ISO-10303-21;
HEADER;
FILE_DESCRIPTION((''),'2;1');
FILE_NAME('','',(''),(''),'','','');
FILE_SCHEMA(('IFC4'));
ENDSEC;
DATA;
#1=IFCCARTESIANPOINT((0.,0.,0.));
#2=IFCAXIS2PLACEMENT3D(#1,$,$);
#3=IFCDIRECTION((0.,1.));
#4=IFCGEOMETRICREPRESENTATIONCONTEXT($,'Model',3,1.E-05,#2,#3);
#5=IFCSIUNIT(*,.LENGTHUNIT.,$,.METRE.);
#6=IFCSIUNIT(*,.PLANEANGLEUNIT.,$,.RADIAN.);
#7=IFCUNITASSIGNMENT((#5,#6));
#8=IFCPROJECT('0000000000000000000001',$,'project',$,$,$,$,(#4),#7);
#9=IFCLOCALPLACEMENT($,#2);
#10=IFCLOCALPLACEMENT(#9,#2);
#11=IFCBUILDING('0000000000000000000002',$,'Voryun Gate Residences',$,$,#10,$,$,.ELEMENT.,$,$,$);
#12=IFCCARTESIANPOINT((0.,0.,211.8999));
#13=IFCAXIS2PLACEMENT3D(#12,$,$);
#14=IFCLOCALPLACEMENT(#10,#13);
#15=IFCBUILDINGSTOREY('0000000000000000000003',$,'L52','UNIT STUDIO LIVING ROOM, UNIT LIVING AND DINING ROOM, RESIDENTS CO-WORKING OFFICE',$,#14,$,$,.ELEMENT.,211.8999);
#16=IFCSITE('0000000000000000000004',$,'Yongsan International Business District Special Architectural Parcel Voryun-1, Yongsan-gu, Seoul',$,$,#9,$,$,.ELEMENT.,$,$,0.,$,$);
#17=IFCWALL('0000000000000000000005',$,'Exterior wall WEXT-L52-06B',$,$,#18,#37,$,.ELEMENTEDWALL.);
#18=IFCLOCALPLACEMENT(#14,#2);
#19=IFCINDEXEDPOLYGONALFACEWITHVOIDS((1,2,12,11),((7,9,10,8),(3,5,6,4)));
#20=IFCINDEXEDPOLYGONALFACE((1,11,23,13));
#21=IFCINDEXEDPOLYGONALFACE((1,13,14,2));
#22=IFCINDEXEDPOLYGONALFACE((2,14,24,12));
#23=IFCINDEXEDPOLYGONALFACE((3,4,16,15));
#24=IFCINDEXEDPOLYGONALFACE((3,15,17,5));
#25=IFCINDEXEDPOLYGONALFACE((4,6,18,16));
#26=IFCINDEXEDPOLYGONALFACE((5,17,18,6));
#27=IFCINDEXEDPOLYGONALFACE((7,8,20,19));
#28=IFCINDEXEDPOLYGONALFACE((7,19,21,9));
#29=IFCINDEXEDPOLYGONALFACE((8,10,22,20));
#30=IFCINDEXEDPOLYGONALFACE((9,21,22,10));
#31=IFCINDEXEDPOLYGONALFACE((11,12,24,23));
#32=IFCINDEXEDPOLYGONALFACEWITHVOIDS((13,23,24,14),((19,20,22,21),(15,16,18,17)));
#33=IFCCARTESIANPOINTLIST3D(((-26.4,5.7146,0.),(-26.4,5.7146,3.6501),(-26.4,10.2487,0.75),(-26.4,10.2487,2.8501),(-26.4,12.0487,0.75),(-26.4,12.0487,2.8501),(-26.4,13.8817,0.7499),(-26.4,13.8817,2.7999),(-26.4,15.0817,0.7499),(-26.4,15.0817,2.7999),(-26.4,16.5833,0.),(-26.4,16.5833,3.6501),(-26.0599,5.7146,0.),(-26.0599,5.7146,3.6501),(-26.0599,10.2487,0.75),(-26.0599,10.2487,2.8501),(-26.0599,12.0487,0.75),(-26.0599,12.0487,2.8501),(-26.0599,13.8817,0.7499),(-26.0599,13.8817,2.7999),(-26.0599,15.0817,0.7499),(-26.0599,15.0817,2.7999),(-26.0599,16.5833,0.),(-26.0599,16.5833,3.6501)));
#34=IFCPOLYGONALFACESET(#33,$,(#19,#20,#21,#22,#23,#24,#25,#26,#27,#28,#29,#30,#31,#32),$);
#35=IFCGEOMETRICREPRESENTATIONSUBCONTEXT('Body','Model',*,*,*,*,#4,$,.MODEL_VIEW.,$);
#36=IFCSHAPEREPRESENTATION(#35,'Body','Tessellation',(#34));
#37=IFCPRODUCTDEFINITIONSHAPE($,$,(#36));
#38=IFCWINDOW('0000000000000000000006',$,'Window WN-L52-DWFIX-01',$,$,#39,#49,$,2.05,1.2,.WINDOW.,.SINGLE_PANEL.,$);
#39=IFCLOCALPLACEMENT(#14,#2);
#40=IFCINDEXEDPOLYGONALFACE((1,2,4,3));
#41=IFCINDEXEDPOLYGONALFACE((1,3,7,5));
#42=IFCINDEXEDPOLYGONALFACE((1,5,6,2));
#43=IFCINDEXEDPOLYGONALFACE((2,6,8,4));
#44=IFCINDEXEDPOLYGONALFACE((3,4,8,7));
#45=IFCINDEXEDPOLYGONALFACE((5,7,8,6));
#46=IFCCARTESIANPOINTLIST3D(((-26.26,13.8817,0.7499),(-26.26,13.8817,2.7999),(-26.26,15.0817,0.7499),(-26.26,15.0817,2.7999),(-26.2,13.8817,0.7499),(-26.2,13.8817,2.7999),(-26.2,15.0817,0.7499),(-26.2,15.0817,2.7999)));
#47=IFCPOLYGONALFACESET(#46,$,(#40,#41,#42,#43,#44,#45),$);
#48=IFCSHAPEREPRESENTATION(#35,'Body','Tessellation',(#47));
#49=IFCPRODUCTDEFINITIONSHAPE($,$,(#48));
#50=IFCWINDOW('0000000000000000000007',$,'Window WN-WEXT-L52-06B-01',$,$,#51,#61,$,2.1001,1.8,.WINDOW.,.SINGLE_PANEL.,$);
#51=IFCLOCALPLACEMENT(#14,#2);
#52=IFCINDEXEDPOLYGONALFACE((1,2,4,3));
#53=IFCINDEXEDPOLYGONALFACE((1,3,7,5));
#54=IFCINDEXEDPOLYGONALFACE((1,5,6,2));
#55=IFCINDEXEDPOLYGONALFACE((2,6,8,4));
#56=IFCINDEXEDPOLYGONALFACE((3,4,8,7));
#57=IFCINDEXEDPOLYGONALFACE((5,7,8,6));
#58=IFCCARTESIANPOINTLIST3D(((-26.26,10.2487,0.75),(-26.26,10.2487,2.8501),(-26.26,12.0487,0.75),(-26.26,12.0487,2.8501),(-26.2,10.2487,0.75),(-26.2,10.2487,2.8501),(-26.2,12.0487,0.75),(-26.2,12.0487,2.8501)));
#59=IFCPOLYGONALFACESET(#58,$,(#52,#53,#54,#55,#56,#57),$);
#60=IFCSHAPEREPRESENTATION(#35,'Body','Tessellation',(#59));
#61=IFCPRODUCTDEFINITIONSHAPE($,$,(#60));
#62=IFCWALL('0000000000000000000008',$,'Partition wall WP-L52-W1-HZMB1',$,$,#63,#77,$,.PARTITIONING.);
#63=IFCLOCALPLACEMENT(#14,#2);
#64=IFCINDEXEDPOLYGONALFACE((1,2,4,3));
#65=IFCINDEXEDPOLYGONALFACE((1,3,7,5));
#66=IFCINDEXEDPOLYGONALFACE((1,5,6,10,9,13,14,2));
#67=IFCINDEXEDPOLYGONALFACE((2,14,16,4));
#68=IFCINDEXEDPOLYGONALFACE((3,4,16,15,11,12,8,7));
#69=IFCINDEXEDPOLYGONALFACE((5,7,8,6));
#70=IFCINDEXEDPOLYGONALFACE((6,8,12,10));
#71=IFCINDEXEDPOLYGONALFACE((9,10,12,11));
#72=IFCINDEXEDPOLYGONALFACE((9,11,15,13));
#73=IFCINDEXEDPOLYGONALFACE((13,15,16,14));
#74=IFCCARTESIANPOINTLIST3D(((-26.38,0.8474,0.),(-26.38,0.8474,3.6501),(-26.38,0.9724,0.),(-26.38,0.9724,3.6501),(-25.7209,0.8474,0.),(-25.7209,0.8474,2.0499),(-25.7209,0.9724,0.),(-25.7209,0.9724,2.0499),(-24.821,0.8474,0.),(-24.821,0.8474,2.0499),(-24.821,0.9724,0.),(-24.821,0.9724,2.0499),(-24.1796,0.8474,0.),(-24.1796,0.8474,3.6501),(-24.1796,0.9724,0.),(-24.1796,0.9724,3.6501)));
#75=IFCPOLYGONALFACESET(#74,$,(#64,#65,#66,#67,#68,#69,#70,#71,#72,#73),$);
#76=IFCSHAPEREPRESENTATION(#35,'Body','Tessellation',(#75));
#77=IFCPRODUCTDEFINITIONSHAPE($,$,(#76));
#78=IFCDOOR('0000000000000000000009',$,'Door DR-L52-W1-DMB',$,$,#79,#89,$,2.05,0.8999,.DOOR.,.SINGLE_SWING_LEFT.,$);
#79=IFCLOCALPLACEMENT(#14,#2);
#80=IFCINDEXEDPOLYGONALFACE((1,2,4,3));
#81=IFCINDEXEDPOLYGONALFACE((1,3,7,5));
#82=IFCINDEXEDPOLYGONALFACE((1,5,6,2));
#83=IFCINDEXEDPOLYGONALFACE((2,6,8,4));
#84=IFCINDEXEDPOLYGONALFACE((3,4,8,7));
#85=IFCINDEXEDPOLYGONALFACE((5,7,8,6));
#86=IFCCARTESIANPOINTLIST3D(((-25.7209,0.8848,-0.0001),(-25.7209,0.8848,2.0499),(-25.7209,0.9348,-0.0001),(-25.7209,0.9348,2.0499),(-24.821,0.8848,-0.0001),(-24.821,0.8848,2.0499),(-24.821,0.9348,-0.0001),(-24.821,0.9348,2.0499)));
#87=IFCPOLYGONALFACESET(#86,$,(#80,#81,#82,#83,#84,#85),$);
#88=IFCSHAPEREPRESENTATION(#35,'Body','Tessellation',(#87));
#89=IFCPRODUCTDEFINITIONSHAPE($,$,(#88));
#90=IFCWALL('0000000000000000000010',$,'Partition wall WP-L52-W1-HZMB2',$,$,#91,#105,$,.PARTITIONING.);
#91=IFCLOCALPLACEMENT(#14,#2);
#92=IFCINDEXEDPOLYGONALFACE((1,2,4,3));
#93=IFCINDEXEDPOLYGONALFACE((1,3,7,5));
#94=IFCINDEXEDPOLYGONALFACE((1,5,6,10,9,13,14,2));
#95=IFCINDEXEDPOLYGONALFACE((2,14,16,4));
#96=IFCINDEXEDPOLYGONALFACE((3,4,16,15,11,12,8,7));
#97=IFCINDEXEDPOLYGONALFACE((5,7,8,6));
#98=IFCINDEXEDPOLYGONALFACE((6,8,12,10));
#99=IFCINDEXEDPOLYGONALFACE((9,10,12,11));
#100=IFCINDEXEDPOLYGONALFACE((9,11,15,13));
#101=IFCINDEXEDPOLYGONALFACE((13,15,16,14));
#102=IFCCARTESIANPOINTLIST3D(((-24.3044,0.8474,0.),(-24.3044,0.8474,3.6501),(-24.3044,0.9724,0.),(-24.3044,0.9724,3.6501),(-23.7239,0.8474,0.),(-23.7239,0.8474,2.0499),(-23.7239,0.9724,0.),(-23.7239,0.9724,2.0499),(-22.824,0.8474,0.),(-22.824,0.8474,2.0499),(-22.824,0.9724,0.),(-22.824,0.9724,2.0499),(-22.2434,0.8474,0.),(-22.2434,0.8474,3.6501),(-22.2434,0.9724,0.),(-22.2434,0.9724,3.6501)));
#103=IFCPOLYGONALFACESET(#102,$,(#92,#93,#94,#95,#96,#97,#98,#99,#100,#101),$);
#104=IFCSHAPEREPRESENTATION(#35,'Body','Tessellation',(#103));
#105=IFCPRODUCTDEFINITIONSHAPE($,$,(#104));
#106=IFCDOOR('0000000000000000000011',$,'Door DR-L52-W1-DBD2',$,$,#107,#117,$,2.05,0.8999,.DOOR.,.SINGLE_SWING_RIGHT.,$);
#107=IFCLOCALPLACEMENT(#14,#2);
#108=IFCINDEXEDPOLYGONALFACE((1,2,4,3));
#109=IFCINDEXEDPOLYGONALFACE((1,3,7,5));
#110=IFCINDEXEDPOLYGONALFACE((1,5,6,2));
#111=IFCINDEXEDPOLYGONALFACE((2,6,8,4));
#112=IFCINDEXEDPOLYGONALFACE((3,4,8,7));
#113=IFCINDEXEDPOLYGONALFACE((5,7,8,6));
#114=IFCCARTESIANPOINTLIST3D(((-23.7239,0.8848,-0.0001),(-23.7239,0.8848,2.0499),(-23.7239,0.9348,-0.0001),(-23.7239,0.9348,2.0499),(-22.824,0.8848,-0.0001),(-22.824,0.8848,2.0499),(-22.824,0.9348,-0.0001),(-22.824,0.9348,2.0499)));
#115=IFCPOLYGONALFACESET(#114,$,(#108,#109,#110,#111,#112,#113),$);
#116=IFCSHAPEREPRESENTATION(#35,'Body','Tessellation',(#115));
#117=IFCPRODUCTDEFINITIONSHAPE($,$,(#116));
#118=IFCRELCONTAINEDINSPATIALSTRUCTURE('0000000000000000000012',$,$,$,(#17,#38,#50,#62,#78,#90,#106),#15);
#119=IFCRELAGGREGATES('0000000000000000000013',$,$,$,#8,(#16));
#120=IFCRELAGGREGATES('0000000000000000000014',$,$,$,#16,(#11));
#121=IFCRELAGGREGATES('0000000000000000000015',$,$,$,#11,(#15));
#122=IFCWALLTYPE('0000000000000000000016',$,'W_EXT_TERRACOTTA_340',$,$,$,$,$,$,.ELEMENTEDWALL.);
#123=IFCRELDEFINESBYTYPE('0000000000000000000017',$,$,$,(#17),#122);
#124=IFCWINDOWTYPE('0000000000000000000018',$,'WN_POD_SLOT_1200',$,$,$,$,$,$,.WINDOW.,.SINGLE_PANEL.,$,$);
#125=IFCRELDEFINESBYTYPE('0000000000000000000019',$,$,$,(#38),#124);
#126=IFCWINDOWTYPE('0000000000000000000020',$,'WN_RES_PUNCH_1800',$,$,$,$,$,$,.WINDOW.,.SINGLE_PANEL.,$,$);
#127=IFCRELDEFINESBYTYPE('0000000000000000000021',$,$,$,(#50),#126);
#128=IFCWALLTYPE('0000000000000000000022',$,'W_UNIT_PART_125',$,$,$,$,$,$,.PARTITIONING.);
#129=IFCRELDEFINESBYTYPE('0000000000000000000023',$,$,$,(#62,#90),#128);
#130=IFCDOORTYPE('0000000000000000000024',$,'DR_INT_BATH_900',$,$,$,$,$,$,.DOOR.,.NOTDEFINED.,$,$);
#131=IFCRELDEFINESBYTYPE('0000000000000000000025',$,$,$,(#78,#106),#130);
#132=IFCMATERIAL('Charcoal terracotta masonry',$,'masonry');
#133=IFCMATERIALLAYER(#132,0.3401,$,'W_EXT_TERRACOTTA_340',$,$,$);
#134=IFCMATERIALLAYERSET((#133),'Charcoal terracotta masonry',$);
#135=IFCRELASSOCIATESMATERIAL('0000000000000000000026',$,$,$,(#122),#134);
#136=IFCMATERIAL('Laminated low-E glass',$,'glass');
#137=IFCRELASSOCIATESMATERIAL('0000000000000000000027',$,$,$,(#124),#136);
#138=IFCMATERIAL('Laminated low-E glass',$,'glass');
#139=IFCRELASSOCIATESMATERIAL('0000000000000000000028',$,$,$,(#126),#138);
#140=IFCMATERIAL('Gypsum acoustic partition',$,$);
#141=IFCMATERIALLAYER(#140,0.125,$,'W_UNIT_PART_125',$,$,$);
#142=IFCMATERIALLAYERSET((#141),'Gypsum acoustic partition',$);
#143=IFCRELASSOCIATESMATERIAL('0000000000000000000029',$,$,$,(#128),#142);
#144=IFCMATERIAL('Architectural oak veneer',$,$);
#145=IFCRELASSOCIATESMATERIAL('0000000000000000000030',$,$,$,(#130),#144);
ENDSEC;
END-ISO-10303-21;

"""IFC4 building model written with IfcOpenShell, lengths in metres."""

from ifc_helpers import new_model, si_unit, direction, frame, frame_2d, origin, place, context, subcontext, project, spatial, rectangle, extrude, material, layer, layer_set, type_object, element, fill, save


model = new_model("IFC4")

# Units and contexts
model_context = context("Model", 3, precision=1e-05, world=origin(), true_north=direction((0.0, 1.0)))
body_context = subcontext(model_context, "Body", "Model", "MODEL_VIEW")
ifc_project = project(units=[si_unit("LENGTHUNIT", "METRE"), si_unit("PLANEANGLEUNIT", "RADIAN")], contexts=[model_context])

# Site, building, storey
site_placement = place(None, origin())
site = spatial("IfcSite", under=ifc_project, at=site_placement, Name="Yongsan International Business District Special Architectural Parcel Voryun-1, Yongsan-gu, Seoul", CompositionType="ELEMENT", RefElevation=0.0)
building_placement = place(site_placement, origin())
building = spatial("IfcBuilding", under=site, at=building_placement, Name="Voryun Gate Residences", CompositionType="ELEMENT")
storey_placement = place(building_placement, frame((0.0, 0.0, 211.8999)))
storey = spatial("IfcBuildingStorey", under=building, at=storey_placement, Name="L52", Description="UNIT STUDIO LIVING ROOM, UNIT LIVING AND DINING ROOM, RESIDENTS CO-WORKING OFFICE", CompositionType="ELEMENT", Elevation=211.8999)

# Wall, openings, windows
ifc_material_1 = material(Name="Charcoal terracotta masonry", Category="masonry")
ifc_layer_1 = layer(ifc_material_1, 0.3401, Name="W_EXT_TERRACOTTA_340")
ifc_layer_set_1 = layer_set([ifc_layer_1], Name="Charcoal terracotta masonry")
wall_type_1 = type_object("IfcWallType", Name="W_EXT_TERRACOTTA_340", PredefinedType="ELEMENTEDWALL", material=ifc_layer_set_1)
wall_1_placement = place(storey_placement, frame((-26.23, 5.7146, 0.0), z_axis=(0.0, 0.0, 1.0), x_axis=(0.0, 1.0, 0.0)))
wall_1 = element("IfcWall", 1, at=wall_1_placement, inside=storey, type_object=wall_type_1, Name="Exterior wall WEXT-L52-06B", PredefinedType="ELEMENTEDWALL", context=body_context, shape_type="SweptSolid", body=[
    extrude(rectangle(XDim=10.8687, YDim=0.3401, at=frame_2d((5.4343, 0.0))), origin(), (0.0, 0.0, 1.0), 3.6501),
])
opening_1_placement = place(wall_1_placement, frame((4.5342, 0.0, 0.75)))
opening_1 = element("IfcOpeningElement", 2, at=opening_1_placement, cuts=wall_1, PredefinedType="OPENING", context=body_context, shape_type="SweptSolid", body=[
    extrude(rectangle(XDim=1.8, YDim=2.1001, at=frame_2d((0.8999, 1.05))), frame((0.0, 0.1799, 0.0), z_axis=(0.0, -1.0, 0.0), x_axis=(1.0, 0.0, 0.0)), (0.0, 0.0, 1.0), 0.3601),
])
opening_2_placement = place(wall_1_placement, frame((8.167, 0.0, 0.75)))
opening_2 = element("IfcOpeningElement", 3, at=opening_2_placement, cuts=wall_1, PredefinedType="OPENING", context=body_context, shape_type="SweptSolid", body=[
    extrude(rectangle(XDim=1.2, YDim=2.05, at=frame_2d((0.6001, 1.0249))), frame((0.0, 0.1799, 0.0), z_axis=(0.0, -1.0, 0.0), x_axis=(1.0, 0.0, 0.0)), (0.0, 0.0, 1.0), 0.3601),
])
ifc_material_2 = material(Name="Laminated low-E glass", Category="glass")
window_type_1 = type_object("IfcWindowType", Name="WN_POD_SLOT_1200", PartitioningType="SINGLE_PANEL", PredefinedType="WINDOW", material=ifc_material_2)
window_1_placement = place(opening_2_placement, origin())
window_1 = element("IfcWindow", 4, at=window_1_placement, inside=storey, type_object=window_type_1, Name="Window WN-L52-DWFIX-01", OverallHeight=2.05, OverallWidth=1.2, PartitioningType="SINGLE_PANEL", PredefinedType="WINDOW", context=body_context, shape_type="SweptSolid", body=[
    extrude(rectangle(XDim=1.2, YDim=2.05, at=frame_2d((0.6001, 1.0249))), frame((0.0, 0.03, 0.0), z_axis=(0.0, -1.0, 0.0), x_axis=(1.0, 0.0, 0.0)), (0.0, 0.0, 1.0), 0.0601),
])
fill(opening_2, window_1)
ifc_material_3 = material(Name="Laminated low-E glass", Category="glass")
window_type_2 = type_object("IfcWindowType", Name="WN_RES_PUNCH_1800", PartitioningType="SINGLE_PANEL", PredefinedType="WINDOW", material=ifc_material_3)
window_2_placement = place(opening_1_placement, origin())
window_2 = element("IfcWindow", 5, at=window_2_placement, inside=storey, type_object=window_type_2, Name="Window WN-WEXT-L52-06B-01", OverallHeight=2.1001, OverallWidth=1.8, PartitioningType="SINGLE_PANEL", PredefinedType="WINDOW", context=body_context, shape_type="SweptSolid", body=[
    extrude(rectangle(XDim=1.8, YDim=2.1001, at=frame_2d((0.8999, 1.05))), frame((0.0, 0.03, 0.0), z_axis=(0.0, -1.0, 0.0), x_axis=(1.0, 0.0, 0.0)), (0.0, 0.0, 1.0), 0.0601),
])
fill(opening_1, window_2)

# Walls, openings, doors
ifc_material_4 = material(Name="Gypsum acoustic partition")
ifc_layer_2 = layer(ifc_material_4, 0.125, Name="W_UNIT_PART_125")
ifc_layer_set_2 = layer_set([ifc_layer_2], Name="Gypsum acoustic partition")
wall_type_2 = type_object("IfcWallType", Name="W_UNIT_PART_125", PredefinedType="PARTITIONING", material=ifc_layer_set_2)
wall_2_placement = place(storey_placement, frame((-26.3799, 0.9099, 0.0), z_axis=(0.0, 0.0, 1.0), x_axis=(1.0, 0.0, 0.0)))
wall_2 = element("IfcWall", 6, at=wall_2_placement, inside=storey, type_object=wall_type_2, Name="Partition wall WP-L52-W1-HZMB1", PredefinedType="PARTITIONING", context=body_context, shape_type="SweptSolid", body=[
    extrude(rectangle(XDim=2.2004, YDim=0.125, at=frame_2d((1.1001, 0.0))), origin(), (0.0, 0.0, 1.0), 3.6501),
])
opening_3_placement = place(wall_2_placement, frame((0.6589, 0.0, 0.0)))
opening_3 = element("IfcOpeningElement", 7, at=opening_3_placement, cuts=wall_2, PredefinedType="OPENING", context=body_context, shape_type="SweptSolid", body=[
    extrude(rectangle(XDim=0.8999, YDim=2.05, at=frame_2d((0.45, 1.0249))), frame((0.0, 0.0725, 0.0), z_axis=(0.0, -1.0, 0.0), x_axis=(1.0, 0.0, 0.0)), (0.0, 0.0, 1.0), 0.145),
])
ifc_material_5 = material(Name="Architectural oak veneer")
door_type = type_object("IfcDoorType", Name="DR_INT_BATH_900", OperationType="NOTDEFINED", PredefinedType="DOOR", material=ifc_material_5)
door_1_placement = place(opening_3_placement, origin())
door_1 = element("IfcDoor", 8, at=door_1_placement, inside=storey, type_object=door_type, Name="Door DR-L52-W1-DMB", OperationType="SINGLE_SWING_LEFT", OverallHeight=2.05, OverallWidth=0.8999, PredefinedType="DOOR", context=body_context, shape_type="SweptSolid", body=[
    extrude(rectangle(XDim=0.8999, YDim=2.05, at=frame_2d((0.45, 1.0249))), frame((0.0, 0.0249, 0.0), z_axis=(0.0, -1.0, 0.0), x_axis=(1.0, 0.0, 0.0)), (0.0, 0.0, 1.0), 0.05),
])
fill(opening_3, door_1)
wall_3_placement = place(storey_placement, frame((-24.3044, 0.9099, 0.0), z_axis=(0.0, 0.0, 1.0), x_axis=(1.0, 0.0, 0.0)))
wall_3 = element("IfcWall", 9, at=wall_3_placement, inside=storey, type_object=wall_type_2, Name="Partition wall WP-L52-W1-HZMB2", PredefinedType="PARTITIONING", context=body_context, shape_type="SweptSolid", body=[
    extrude(rectangle(XDim=2.061, YDim=0.125, at=frame_2d((1.0305, 0.0))), origin(), (0.0, 0.0, 1.0), 3.6501),
])
opening_4_placement = place(wall_3_placement, frame((0.5806, 0.0, 0.0)))
opening_4 = element("IfcOpeningElement", 10, at=opening_4_placement, cuts=wall_3, PredefinedType="OPENING", context=body_context, shape_type="SweptSolid", body=[
    extrude(rectangle(XDim=0.8999, YDim=2.05, at=frame_2d((0.45, 1.0249))), frame((0.0, 0.0725, 0.0), z_axis=(0.0, -1.0, 0.0), x_axis=(1.0, 0.0, 0.0)), (0.0, 0.0, 1.0), 0.145),
])
door_2_placement = place(opening_4_placement, origin())
door_2 = element("IfcDoor", 11, at=door_2_placement, inside=storey, type_object=door_type, Name="Door DR-L52-W1-DBD2", OperationType="SINGLE_SWING_RIGHT", OverallHeight=2.05, OverallWidth=0.8999, PredefinedType="DOOR", context=body_context, shape_type="SweptSolid", body=[
    extrude(rectangle(XDim=0.8999, YDim=2.05, at=frame_2d((0.45, 1.0249))), frame((0.0, 0.0249, 0.0), z_axis=(0.0, -1.0, 0.0), x_axis=(1.0, 0.0, 0.0)), (0.0, 0.0, 1.0), 0.05),
])
fill(opening_4, door_2)

save(model, "model.ifc")
